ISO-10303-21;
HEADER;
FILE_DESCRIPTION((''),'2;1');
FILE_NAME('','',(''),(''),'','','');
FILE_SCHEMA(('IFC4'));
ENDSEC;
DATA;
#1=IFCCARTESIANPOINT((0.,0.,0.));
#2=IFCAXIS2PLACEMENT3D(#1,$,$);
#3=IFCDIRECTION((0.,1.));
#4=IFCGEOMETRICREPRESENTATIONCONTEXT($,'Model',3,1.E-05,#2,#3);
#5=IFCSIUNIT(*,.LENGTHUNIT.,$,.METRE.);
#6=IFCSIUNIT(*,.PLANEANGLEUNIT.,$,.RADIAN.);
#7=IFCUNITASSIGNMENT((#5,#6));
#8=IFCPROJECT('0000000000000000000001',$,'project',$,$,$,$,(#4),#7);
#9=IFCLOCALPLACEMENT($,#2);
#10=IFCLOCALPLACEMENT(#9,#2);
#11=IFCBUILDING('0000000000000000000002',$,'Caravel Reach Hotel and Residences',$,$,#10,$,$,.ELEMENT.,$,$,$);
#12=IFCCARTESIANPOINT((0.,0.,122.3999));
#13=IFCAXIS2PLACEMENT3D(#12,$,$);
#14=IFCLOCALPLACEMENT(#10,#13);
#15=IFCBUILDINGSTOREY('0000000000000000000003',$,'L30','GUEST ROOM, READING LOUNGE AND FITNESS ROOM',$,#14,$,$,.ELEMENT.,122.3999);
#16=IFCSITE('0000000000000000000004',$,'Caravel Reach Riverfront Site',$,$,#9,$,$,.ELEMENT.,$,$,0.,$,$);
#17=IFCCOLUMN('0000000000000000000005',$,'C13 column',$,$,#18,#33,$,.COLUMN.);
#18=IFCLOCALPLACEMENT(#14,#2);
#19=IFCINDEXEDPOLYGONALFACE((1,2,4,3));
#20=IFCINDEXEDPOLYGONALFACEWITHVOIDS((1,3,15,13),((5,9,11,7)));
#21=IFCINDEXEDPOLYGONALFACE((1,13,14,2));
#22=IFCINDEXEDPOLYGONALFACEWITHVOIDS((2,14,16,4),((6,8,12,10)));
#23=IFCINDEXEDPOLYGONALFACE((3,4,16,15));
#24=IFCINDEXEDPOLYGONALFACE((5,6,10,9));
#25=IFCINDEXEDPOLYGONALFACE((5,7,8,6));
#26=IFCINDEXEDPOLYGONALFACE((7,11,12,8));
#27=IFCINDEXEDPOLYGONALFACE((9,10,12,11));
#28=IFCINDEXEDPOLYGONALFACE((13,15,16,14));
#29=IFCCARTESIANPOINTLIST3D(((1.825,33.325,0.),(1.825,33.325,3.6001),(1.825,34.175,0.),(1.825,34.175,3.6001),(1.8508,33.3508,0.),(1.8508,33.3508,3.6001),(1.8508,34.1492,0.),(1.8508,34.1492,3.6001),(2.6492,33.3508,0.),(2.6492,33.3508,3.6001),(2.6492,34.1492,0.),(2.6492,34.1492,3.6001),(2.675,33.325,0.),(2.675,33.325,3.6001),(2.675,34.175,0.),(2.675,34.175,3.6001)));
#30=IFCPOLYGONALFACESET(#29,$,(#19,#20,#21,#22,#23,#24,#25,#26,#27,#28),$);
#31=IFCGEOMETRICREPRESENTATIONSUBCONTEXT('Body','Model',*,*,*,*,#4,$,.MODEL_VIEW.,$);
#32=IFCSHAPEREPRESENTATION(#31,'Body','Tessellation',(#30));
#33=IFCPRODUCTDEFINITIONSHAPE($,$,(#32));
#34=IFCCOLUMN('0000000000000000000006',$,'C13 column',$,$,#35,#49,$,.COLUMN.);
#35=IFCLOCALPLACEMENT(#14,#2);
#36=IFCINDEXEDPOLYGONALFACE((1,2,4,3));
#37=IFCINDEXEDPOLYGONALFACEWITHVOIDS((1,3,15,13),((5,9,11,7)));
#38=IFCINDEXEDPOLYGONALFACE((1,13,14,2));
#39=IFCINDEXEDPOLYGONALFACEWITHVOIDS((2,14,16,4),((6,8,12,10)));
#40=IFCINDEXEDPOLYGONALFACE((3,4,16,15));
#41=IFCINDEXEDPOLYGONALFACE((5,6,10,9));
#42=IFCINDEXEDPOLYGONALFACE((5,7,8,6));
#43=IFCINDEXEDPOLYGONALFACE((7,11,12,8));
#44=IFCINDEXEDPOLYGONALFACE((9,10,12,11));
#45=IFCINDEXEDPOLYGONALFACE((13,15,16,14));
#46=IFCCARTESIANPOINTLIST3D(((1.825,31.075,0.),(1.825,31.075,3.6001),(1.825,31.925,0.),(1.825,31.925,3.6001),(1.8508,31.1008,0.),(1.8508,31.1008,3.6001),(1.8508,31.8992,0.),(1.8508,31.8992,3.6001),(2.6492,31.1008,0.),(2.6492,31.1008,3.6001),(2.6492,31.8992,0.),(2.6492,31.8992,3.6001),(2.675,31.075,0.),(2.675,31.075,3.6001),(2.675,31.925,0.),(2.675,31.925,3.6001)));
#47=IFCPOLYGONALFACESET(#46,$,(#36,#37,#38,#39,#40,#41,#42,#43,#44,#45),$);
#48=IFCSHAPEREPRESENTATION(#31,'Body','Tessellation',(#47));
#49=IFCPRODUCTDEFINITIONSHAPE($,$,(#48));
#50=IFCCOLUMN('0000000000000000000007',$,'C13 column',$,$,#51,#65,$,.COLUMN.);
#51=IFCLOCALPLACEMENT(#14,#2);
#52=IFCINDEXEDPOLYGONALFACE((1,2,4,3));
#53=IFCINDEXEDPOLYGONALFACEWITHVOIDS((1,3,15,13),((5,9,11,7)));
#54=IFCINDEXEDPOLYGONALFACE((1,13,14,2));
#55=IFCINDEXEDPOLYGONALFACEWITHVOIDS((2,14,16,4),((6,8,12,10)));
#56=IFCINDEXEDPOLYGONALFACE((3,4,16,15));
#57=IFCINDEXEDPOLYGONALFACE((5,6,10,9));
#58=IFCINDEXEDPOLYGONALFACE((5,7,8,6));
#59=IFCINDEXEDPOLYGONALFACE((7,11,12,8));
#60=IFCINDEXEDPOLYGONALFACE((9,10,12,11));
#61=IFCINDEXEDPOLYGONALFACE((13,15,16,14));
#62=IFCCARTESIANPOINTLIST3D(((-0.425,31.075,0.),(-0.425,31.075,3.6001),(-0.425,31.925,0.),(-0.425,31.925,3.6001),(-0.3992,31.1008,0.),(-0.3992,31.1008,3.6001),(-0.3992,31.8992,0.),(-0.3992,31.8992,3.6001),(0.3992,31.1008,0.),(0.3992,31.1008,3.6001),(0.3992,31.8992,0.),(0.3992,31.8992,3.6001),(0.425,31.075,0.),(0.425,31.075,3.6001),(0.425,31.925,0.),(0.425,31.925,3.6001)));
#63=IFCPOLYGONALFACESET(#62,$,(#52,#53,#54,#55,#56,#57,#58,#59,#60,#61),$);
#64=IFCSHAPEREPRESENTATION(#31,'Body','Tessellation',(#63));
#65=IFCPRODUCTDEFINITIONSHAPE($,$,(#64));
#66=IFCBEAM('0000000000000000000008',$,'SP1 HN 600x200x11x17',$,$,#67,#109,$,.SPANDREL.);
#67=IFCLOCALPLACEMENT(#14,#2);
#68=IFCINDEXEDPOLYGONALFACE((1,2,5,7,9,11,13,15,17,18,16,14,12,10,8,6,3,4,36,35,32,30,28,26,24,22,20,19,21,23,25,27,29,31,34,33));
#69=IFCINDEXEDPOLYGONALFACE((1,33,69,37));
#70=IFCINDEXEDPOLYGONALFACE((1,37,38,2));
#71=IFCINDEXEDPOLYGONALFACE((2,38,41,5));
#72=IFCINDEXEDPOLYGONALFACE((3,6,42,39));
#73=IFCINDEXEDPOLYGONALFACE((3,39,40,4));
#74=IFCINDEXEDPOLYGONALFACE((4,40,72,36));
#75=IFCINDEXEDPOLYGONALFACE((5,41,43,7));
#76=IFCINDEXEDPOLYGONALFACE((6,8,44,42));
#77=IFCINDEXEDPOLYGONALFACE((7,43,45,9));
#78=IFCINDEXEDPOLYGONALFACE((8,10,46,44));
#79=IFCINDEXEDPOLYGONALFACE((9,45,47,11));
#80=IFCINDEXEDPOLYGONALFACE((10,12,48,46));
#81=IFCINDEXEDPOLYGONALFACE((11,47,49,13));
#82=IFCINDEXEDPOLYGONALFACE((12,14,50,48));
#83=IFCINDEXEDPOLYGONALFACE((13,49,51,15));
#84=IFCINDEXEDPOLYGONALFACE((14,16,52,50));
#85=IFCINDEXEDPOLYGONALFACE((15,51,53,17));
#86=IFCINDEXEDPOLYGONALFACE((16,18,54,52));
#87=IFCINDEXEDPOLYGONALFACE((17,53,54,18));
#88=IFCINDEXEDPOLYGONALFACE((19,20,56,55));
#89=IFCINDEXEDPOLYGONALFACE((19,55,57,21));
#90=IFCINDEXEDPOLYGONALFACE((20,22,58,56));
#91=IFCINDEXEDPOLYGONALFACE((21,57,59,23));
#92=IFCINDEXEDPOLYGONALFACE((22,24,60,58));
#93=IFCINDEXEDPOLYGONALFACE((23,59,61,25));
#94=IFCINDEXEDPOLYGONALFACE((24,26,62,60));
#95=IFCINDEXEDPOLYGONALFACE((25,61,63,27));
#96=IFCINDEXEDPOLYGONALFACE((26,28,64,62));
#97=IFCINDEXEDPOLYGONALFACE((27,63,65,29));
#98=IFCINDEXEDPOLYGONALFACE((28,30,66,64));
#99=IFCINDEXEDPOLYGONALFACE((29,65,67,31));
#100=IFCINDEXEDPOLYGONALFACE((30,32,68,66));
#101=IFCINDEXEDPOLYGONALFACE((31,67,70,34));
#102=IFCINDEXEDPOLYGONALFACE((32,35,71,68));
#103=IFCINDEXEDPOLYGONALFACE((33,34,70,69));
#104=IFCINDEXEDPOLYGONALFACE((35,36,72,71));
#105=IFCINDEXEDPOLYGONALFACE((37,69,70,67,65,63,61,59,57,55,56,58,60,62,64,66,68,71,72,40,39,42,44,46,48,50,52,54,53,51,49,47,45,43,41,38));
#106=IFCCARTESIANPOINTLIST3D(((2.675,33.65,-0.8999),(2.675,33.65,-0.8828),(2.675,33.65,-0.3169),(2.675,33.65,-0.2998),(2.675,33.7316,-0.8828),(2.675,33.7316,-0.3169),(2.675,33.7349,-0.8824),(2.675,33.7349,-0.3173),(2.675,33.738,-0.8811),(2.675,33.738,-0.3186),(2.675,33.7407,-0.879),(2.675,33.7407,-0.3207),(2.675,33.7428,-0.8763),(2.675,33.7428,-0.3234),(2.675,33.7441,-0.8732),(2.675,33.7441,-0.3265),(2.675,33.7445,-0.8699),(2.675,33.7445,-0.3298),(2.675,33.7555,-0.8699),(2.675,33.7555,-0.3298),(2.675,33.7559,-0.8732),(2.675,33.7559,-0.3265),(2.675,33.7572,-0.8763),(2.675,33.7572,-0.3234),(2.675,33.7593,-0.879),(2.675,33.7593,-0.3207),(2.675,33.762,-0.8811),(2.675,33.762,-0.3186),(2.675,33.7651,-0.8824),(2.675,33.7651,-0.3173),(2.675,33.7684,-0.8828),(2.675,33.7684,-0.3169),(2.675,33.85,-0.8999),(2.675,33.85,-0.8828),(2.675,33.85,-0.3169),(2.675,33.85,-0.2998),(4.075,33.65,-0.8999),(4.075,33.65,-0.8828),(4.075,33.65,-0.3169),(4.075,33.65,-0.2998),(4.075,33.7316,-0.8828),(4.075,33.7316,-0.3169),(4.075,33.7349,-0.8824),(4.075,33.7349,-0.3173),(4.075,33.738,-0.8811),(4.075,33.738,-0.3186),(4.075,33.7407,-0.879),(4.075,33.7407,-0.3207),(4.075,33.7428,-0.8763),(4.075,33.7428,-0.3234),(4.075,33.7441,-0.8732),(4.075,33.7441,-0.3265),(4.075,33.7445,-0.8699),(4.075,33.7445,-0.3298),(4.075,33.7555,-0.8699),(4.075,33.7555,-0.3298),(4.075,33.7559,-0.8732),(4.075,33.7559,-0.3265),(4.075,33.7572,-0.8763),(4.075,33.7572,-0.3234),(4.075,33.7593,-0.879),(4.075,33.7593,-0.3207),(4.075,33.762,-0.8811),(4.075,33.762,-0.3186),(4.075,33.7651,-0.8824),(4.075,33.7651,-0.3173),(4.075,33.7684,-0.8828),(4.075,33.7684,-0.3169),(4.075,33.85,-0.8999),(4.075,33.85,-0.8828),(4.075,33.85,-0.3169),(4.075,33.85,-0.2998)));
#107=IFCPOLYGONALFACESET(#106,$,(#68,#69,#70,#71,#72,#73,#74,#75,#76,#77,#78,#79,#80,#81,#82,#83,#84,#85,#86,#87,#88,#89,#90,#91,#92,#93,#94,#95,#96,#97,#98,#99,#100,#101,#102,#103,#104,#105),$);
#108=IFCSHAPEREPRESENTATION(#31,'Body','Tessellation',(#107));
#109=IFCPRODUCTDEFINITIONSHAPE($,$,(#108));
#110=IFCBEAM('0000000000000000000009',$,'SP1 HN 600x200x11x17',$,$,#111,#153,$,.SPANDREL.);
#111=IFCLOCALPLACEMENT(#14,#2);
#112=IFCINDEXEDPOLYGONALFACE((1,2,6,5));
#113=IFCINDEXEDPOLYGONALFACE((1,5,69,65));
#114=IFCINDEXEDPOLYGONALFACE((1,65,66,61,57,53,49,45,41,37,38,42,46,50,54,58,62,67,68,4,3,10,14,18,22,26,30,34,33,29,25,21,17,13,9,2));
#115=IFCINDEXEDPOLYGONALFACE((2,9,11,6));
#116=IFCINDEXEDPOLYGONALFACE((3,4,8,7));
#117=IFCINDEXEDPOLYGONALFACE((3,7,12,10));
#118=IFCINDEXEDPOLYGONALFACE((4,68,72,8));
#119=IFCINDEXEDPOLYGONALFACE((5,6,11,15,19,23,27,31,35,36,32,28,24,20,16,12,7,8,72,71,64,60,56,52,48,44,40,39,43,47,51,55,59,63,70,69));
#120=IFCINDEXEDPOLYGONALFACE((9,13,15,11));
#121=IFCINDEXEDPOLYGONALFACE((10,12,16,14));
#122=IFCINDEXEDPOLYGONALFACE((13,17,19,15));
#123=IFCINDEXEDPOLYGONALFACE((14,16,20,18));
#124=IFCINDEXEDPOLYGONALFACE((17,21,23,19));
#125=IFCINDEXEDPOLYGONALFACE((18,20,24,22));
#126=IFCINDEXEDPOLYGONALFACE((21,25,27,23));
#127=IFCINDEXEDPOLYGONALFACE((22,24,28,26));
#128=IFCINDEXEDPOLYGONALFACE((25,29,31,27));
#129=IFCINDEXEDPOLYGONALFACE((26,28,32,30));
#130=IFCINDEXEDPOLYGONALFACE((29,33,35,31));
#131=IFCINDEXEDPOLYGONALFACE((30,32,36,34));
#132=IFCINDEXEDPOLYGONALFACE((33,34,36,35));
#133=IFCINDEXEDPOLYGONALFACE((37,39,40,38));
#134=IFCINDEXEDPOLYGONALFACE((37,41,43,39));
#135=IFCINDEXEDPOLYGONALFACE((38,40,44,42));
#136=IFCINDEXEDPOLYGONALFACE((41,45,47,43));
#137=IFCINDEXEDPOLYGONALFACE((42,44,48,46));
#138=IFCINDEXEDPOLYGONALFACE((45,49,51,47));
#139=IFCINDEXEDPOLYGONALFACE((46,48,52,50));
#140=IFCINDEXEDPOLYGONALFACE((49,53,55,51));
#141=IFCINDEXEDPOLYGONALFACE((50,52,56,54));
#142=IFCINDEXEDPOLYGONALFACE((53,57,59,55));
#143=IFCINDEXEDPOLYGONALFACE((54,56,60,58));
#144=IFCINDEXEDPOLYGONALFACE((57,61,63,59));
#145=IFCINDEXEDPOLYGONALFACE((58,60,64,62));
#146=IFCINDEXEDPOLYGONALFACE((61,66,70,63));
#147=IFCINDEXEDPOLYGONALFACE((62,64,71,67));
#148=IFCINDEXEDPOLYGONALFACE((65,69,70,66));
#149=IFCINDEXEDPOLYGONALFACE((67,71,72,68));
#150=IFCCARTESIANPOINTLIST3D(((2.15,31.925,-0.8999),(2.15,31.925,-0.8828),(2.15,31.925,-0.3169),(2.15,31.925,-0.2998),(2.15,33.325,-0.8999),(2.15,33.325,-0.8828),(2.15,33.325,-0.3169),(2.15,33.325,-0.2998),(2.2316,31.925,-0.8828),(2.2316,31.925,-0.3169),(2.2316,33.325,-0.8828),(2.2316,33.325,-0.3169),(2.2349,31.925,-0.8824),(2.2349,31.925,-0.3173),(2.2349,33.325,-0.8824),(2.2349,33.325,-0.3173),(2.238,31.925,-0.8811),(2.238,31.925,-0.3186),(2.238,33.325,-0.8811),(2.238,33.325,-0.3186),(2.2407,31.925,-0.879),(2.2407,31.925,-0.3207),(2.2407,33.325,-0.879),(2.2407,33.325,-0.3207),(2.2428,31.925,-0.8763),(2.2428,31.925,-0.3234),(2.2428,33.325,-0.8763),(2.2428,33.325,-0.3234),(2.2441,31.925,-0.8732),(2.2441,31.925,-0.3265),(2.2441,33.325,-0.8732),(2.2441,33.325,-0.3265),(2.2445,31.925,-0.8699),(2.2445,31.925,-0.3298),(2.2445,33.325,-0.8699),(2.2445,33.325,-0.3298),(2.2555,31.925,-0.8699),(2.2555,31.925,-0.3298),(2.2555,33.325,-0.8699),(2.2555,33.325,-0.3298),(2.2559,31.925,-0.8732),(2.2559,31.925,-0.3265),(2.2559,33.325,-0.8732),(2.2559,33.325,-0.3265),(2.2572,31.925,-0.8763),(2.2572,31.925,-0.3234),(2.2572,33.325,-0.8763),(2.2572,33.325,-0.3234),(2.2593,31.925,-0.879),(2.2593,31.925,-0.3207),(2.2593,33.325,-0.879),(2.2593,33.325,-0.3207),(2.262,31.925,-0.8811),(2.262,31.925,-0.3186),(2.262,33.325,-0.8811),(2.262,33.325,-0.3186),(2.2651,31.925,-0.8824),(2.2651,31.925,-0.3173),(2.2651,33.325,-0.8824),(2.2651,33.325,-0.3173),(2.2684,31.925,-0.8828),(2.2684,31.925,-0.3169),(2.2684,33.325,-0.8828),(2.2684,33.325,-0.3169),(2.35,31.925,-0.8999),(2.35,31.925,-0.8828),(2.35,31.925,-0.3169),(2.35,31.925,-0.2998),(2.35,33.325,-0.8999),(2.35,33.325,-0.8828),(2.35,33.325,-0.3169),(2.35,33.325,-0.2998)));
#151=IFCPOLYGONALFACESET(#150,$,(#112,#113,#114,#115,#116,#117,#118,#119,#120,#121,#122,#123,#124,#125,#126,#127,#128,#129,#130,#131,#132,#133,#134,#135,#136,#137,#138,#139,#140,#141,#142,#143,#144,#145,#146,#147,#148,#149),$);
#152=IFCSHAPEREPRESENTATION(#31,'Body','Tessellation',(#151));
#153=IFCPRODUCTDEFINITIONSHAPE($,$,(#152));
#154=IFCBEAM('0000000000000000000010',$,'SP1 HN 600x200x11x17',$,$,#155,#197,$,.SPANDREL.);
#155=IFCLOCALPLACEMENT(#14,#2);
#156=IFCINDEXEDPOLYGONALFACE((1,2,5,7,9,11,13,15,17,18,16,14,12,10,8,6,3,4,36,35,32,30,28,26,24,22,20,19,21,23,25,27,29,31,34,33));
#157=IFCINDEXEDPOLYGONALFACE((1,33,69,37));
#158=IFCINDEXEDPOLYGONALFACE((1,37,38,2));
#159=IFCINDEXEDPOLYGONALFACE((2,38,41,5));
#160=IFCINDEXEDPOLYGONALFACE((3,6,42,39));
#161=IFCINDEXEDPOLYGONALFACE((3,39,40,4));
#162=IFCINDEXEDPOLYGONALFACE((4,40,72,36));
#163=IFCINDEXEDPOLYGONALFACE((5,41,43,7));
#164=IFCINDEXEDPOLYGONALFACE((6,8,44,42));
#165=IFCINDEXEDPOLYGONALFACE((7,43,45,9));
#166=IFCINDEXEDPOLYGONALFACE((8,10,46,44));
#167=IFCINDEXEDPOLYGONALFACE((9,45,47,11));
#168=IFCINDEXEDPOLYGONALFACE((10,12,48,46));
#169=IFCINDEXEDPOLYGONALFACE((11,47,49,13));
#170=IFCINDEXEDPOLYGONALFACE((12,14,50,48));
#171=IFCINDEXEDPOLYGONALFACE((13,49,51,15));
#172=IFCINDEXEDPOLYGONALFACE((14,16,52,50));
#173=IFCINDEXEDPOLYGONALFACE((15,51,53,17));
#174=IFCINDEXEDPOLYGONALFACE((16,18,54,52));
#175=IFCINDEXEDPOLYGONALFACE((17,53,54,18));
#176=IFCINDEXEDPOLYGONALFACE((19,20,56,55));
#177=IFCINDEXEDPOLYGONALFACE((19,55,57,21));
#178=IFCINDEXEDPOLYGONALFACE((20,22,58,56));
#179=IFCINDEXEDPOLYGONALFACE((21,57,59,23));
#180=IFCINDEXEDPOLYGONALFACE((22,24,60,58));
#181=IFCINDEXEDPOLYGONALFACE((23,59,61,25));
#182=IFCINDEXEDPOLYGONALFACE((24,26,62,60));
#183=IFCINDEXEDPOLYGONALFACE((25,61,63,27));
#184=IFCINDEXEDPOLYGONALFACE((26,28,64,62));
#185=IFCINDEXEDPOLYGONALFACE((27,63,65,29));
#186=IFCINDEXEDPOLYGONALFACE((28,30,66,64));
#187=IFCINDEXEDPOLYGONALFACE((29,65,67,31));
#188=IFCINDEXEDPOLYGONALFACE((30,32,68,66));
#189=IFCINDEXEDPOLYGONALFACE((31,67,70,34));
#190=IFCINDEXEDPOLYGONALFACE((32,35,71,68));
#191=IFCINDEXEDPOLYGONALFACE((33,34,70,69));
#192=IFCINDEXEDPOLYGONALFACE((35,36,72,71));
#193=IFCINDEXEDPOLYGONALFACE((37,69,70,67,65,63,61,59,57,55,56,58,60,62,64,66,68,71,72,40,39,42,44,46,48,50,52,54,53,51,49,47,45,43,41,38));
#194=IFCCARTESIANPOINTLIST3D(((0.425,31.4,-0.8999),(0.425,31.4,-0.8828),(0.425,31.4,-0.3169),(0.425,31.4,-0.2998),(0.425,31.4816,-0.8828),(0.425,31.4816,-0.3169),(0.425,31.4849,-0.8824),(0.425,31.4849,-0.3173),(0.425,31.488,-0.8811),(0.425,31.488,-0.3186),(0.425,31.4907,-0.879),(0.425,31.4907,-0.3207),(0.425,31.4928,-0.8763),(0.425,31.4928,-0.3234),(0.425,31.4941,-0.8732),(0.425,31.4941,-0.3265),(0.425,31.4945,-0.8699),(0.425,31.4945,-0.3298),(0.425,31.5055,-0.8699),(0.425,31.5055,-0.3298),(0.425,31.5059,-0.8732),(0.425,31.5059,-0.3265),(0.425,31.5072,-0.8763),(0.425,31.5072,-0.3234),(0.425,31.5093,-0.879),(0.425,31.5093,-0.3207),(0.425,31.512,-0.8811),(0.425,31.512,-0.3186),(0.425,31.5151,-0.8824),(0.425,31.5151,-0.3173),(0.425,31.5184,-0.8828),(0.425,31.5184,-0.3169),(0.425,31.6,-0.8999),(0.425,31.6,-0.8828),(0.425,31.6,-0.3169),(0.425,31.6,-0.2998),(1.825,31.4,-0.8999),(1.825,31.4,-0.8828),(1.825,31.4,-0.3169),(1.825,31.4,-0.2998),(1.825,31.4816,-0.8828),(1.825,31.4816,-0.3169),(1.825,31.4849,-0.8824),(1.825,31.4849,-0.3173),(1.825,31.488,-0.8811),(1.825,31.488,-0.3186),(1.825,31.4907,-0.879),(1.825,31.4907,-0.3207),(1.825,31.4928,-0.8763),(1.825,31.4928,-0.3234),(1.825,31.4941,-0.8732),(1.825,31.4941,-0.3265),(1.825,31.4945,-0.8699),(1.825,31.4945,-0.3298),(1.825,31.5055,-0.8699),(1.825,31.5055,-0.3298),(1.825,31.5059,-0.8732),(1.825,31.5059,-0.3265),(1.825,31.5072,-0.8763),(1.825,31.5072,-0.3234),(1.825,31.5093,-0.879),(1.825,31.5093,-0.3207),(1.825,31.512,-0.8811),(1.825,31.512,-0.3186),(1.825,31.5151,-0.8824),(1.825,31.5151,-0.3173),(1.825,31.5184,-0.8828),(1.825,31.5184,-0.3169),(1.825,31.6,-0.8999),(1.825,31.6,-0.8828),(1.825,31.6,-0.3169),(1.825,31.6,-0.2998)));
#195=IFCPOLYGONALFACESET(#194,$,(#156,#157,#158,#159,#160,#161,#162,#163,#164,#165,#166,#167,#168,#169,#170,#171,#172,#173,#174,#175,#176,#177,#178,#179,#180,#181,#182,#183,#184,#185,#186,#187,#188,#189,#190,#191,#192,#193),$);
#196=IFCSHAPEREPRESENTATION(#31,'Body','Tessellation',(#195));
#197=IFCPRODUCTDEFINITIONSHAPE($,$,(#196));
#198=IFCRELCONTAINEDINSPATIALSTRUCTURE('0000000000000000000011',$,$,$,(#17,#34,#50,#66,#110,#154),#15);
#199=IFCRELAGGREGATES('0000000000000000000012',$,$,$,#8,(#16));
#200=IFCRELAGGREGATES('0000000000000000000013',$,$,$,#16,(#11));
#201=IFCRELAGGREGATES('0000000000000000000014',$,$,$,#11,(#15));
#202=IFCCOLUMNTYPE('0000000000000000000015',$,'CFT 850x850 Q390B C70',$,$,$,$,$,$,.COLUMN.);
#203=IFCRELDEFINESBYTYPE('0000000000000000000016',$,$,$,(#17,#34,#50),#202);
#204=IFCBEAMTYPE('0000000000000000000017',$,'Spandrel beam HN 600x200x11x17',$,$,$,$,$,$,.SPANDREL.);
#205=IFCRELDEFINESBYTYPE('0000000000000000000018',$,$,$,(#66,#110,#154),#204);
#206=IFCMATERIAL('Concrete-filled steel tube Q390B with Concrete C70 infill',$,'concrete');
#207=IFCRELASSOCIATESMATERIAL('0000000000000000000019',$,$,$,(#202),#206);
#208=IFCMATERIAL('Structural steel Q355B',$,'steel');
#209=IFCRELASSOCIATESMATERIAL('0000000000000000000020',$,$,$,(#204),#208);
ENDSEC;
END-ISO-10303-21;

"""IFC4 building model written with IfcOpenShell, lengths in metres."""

from ifc_helpers import new_model, si_unit, direction, frame, origin, origin_2d, place, context, subcontext, project, spatial, hollow_rectangle, i_section, extrude, material, material_profile, profile_set, type_object, element, save


model = new_model("IFC4")

# Units and contexts
model_context = context("Model", 3, precision=1e-05, world=origin(), true_north=direction((0.0, 1.0)))
body_context = subcontext(model_context, "Body", "Model", "MODEL_VIEW")
ifc_project = project(units=[si_unit("LENGTHUNIT", "METRE"), si_unit("PLANEANGLEUNIT", "RADIAN")], contexts=[model_context])

# Site, building, storey
site_placement = place(None, origin())
site = spatial("IfcSite", under=ifc_project, at=site_placement, Name="Caravel Reach Riverfront Site", CompositionType="ELEMENT", RefElevation=0.0)
building_placement = place(site_placement, origin())
building = spatial("IfcBuilding", under=site, at=building_placement, Name="Caravel Reach Hotel and Residences", CompositionType="ELEMENT")
storey_placement = place(building_placement, frame((0.0, 0.0, 122.3999)))
storey = spatial("IfcBuildingStorey", under=building, at=storey_placement, Name="L30", Description="GUEST ROOM, READING LOUNGE AND FITNESS ROOM", CompositionType="ELEMENT", Elevation=122.3999)

# Columns
ifc_material_1 = material(Name="Concrete-filled steel tube Q390B with Concrete C70 infill", Category="concrete")
ifc_material_profile_1 = material_profile(ifc_material_1, hollow_rectangle(XDim=0.8501, YDim=0.8501, WallThickness=0.0259, at=origin_2d()), Name="RHS 850x850x26")
ifc_profile_set_1 = profile_set([ifc_material_profile_1], Name="Concrete-filled steel tube Q390B with Concrete C70 infill")
column_type = type_object("IfcColumnType", Name="CFT 850x850 Q390B C70", PredefinedType="COLUMN", material=ifc_profile_set_1)
for number, where, z_axis, x_axis, name in (
    (1, (2.25, 33.75, 0.0), (0.0, 0.0, 1.0), (1.0, 0.0, 0.0), "C13 column"),
    (2, (2.25, 31.5, 0.0), (0.0, 0.0, 1.0), (1.0, 0.0, 0.0), "C13 column"),
    (3, (0.0, 31.5, 0.0), (0.0, 0.0, 1.0), (1.0, 0.0, 0.0), "C13 column"),
):
    element("IfcColumn", number, at=place(storey_placement, frame(where, z_axis=z_axis, x_axis=x_axis)), inside=storey, type_object=column_type, Name=name, PredefinedType="COLUMN", context=body_context, shape_type="SweptSolid", body=[
        extrude(hollow_rectangle(XDim=0.8501, YDim=0.8501, WallThickness=0.0259, at=origin_2d()), origin(), (0.0, 0.0, 1.0), 3.6001),
    ])

# Beams
ifc_material_2 = material(Name="Structural steel Q355B", Category="steel")
ifc_material_profile_2 = material_profile(ifc_material_2, i_section(OverallWidth=0.2, OverallDepth=0.6001, WebThickness=0.011, FlangeThickness=0.0171, FilletRadius=0.0129, at=origin_2d()), Name="HN 600x200x11x17")
ifc_profile_set_2 = profile_set([ifc_material_profile_2], Name="Structural steel Q355B")
beam_type = type_object("IfcBeamType", Name="Spandrel beam HN 600x200x11x17", PredefinedType="SPANDREL", material=ifc_profile_set_2)
for number, where, z_axis, x_axis, name in (
    (4, (4.075, 33.75, -0.5999), (-1.0, 0.0, 0.0), (0.0, -1.0, 0.0), "SP1 HN 600x200x11x17"),
    (5, (2.25, 33.325, -0.5999), (0.0, -1.0, 0.0), (1.0, 0.0, 0.0), "SP1 HN 600x200x11x17"),
    (6, (1.825, 31.5, -0.5999), (-1.0, 0.0, 0.0), (0.0, -1.0, 0.0), "SP1 HN 600x200x11x17"),
):
    element("IfcBeam", number, at=place(storey_placement, frame(where, z_axis=z_axis, x_axis=x_axis)), inside=storey, type_object=beam_type, Name=name, PredefinedType="SPANDREL", context=body_context, shape_type="SweptSolid", body=[
        extrude(i_section(OverallWidth=0.2, OverallDepth=0.6001, WebThickness=0.011, FlangeThickness=0.0171, FilletRadius=0.0129, at=origin_2d()), origin(), (0.0, 0.0, 1.0), 1.3999),
    ])

save(model, "model.ifc")
